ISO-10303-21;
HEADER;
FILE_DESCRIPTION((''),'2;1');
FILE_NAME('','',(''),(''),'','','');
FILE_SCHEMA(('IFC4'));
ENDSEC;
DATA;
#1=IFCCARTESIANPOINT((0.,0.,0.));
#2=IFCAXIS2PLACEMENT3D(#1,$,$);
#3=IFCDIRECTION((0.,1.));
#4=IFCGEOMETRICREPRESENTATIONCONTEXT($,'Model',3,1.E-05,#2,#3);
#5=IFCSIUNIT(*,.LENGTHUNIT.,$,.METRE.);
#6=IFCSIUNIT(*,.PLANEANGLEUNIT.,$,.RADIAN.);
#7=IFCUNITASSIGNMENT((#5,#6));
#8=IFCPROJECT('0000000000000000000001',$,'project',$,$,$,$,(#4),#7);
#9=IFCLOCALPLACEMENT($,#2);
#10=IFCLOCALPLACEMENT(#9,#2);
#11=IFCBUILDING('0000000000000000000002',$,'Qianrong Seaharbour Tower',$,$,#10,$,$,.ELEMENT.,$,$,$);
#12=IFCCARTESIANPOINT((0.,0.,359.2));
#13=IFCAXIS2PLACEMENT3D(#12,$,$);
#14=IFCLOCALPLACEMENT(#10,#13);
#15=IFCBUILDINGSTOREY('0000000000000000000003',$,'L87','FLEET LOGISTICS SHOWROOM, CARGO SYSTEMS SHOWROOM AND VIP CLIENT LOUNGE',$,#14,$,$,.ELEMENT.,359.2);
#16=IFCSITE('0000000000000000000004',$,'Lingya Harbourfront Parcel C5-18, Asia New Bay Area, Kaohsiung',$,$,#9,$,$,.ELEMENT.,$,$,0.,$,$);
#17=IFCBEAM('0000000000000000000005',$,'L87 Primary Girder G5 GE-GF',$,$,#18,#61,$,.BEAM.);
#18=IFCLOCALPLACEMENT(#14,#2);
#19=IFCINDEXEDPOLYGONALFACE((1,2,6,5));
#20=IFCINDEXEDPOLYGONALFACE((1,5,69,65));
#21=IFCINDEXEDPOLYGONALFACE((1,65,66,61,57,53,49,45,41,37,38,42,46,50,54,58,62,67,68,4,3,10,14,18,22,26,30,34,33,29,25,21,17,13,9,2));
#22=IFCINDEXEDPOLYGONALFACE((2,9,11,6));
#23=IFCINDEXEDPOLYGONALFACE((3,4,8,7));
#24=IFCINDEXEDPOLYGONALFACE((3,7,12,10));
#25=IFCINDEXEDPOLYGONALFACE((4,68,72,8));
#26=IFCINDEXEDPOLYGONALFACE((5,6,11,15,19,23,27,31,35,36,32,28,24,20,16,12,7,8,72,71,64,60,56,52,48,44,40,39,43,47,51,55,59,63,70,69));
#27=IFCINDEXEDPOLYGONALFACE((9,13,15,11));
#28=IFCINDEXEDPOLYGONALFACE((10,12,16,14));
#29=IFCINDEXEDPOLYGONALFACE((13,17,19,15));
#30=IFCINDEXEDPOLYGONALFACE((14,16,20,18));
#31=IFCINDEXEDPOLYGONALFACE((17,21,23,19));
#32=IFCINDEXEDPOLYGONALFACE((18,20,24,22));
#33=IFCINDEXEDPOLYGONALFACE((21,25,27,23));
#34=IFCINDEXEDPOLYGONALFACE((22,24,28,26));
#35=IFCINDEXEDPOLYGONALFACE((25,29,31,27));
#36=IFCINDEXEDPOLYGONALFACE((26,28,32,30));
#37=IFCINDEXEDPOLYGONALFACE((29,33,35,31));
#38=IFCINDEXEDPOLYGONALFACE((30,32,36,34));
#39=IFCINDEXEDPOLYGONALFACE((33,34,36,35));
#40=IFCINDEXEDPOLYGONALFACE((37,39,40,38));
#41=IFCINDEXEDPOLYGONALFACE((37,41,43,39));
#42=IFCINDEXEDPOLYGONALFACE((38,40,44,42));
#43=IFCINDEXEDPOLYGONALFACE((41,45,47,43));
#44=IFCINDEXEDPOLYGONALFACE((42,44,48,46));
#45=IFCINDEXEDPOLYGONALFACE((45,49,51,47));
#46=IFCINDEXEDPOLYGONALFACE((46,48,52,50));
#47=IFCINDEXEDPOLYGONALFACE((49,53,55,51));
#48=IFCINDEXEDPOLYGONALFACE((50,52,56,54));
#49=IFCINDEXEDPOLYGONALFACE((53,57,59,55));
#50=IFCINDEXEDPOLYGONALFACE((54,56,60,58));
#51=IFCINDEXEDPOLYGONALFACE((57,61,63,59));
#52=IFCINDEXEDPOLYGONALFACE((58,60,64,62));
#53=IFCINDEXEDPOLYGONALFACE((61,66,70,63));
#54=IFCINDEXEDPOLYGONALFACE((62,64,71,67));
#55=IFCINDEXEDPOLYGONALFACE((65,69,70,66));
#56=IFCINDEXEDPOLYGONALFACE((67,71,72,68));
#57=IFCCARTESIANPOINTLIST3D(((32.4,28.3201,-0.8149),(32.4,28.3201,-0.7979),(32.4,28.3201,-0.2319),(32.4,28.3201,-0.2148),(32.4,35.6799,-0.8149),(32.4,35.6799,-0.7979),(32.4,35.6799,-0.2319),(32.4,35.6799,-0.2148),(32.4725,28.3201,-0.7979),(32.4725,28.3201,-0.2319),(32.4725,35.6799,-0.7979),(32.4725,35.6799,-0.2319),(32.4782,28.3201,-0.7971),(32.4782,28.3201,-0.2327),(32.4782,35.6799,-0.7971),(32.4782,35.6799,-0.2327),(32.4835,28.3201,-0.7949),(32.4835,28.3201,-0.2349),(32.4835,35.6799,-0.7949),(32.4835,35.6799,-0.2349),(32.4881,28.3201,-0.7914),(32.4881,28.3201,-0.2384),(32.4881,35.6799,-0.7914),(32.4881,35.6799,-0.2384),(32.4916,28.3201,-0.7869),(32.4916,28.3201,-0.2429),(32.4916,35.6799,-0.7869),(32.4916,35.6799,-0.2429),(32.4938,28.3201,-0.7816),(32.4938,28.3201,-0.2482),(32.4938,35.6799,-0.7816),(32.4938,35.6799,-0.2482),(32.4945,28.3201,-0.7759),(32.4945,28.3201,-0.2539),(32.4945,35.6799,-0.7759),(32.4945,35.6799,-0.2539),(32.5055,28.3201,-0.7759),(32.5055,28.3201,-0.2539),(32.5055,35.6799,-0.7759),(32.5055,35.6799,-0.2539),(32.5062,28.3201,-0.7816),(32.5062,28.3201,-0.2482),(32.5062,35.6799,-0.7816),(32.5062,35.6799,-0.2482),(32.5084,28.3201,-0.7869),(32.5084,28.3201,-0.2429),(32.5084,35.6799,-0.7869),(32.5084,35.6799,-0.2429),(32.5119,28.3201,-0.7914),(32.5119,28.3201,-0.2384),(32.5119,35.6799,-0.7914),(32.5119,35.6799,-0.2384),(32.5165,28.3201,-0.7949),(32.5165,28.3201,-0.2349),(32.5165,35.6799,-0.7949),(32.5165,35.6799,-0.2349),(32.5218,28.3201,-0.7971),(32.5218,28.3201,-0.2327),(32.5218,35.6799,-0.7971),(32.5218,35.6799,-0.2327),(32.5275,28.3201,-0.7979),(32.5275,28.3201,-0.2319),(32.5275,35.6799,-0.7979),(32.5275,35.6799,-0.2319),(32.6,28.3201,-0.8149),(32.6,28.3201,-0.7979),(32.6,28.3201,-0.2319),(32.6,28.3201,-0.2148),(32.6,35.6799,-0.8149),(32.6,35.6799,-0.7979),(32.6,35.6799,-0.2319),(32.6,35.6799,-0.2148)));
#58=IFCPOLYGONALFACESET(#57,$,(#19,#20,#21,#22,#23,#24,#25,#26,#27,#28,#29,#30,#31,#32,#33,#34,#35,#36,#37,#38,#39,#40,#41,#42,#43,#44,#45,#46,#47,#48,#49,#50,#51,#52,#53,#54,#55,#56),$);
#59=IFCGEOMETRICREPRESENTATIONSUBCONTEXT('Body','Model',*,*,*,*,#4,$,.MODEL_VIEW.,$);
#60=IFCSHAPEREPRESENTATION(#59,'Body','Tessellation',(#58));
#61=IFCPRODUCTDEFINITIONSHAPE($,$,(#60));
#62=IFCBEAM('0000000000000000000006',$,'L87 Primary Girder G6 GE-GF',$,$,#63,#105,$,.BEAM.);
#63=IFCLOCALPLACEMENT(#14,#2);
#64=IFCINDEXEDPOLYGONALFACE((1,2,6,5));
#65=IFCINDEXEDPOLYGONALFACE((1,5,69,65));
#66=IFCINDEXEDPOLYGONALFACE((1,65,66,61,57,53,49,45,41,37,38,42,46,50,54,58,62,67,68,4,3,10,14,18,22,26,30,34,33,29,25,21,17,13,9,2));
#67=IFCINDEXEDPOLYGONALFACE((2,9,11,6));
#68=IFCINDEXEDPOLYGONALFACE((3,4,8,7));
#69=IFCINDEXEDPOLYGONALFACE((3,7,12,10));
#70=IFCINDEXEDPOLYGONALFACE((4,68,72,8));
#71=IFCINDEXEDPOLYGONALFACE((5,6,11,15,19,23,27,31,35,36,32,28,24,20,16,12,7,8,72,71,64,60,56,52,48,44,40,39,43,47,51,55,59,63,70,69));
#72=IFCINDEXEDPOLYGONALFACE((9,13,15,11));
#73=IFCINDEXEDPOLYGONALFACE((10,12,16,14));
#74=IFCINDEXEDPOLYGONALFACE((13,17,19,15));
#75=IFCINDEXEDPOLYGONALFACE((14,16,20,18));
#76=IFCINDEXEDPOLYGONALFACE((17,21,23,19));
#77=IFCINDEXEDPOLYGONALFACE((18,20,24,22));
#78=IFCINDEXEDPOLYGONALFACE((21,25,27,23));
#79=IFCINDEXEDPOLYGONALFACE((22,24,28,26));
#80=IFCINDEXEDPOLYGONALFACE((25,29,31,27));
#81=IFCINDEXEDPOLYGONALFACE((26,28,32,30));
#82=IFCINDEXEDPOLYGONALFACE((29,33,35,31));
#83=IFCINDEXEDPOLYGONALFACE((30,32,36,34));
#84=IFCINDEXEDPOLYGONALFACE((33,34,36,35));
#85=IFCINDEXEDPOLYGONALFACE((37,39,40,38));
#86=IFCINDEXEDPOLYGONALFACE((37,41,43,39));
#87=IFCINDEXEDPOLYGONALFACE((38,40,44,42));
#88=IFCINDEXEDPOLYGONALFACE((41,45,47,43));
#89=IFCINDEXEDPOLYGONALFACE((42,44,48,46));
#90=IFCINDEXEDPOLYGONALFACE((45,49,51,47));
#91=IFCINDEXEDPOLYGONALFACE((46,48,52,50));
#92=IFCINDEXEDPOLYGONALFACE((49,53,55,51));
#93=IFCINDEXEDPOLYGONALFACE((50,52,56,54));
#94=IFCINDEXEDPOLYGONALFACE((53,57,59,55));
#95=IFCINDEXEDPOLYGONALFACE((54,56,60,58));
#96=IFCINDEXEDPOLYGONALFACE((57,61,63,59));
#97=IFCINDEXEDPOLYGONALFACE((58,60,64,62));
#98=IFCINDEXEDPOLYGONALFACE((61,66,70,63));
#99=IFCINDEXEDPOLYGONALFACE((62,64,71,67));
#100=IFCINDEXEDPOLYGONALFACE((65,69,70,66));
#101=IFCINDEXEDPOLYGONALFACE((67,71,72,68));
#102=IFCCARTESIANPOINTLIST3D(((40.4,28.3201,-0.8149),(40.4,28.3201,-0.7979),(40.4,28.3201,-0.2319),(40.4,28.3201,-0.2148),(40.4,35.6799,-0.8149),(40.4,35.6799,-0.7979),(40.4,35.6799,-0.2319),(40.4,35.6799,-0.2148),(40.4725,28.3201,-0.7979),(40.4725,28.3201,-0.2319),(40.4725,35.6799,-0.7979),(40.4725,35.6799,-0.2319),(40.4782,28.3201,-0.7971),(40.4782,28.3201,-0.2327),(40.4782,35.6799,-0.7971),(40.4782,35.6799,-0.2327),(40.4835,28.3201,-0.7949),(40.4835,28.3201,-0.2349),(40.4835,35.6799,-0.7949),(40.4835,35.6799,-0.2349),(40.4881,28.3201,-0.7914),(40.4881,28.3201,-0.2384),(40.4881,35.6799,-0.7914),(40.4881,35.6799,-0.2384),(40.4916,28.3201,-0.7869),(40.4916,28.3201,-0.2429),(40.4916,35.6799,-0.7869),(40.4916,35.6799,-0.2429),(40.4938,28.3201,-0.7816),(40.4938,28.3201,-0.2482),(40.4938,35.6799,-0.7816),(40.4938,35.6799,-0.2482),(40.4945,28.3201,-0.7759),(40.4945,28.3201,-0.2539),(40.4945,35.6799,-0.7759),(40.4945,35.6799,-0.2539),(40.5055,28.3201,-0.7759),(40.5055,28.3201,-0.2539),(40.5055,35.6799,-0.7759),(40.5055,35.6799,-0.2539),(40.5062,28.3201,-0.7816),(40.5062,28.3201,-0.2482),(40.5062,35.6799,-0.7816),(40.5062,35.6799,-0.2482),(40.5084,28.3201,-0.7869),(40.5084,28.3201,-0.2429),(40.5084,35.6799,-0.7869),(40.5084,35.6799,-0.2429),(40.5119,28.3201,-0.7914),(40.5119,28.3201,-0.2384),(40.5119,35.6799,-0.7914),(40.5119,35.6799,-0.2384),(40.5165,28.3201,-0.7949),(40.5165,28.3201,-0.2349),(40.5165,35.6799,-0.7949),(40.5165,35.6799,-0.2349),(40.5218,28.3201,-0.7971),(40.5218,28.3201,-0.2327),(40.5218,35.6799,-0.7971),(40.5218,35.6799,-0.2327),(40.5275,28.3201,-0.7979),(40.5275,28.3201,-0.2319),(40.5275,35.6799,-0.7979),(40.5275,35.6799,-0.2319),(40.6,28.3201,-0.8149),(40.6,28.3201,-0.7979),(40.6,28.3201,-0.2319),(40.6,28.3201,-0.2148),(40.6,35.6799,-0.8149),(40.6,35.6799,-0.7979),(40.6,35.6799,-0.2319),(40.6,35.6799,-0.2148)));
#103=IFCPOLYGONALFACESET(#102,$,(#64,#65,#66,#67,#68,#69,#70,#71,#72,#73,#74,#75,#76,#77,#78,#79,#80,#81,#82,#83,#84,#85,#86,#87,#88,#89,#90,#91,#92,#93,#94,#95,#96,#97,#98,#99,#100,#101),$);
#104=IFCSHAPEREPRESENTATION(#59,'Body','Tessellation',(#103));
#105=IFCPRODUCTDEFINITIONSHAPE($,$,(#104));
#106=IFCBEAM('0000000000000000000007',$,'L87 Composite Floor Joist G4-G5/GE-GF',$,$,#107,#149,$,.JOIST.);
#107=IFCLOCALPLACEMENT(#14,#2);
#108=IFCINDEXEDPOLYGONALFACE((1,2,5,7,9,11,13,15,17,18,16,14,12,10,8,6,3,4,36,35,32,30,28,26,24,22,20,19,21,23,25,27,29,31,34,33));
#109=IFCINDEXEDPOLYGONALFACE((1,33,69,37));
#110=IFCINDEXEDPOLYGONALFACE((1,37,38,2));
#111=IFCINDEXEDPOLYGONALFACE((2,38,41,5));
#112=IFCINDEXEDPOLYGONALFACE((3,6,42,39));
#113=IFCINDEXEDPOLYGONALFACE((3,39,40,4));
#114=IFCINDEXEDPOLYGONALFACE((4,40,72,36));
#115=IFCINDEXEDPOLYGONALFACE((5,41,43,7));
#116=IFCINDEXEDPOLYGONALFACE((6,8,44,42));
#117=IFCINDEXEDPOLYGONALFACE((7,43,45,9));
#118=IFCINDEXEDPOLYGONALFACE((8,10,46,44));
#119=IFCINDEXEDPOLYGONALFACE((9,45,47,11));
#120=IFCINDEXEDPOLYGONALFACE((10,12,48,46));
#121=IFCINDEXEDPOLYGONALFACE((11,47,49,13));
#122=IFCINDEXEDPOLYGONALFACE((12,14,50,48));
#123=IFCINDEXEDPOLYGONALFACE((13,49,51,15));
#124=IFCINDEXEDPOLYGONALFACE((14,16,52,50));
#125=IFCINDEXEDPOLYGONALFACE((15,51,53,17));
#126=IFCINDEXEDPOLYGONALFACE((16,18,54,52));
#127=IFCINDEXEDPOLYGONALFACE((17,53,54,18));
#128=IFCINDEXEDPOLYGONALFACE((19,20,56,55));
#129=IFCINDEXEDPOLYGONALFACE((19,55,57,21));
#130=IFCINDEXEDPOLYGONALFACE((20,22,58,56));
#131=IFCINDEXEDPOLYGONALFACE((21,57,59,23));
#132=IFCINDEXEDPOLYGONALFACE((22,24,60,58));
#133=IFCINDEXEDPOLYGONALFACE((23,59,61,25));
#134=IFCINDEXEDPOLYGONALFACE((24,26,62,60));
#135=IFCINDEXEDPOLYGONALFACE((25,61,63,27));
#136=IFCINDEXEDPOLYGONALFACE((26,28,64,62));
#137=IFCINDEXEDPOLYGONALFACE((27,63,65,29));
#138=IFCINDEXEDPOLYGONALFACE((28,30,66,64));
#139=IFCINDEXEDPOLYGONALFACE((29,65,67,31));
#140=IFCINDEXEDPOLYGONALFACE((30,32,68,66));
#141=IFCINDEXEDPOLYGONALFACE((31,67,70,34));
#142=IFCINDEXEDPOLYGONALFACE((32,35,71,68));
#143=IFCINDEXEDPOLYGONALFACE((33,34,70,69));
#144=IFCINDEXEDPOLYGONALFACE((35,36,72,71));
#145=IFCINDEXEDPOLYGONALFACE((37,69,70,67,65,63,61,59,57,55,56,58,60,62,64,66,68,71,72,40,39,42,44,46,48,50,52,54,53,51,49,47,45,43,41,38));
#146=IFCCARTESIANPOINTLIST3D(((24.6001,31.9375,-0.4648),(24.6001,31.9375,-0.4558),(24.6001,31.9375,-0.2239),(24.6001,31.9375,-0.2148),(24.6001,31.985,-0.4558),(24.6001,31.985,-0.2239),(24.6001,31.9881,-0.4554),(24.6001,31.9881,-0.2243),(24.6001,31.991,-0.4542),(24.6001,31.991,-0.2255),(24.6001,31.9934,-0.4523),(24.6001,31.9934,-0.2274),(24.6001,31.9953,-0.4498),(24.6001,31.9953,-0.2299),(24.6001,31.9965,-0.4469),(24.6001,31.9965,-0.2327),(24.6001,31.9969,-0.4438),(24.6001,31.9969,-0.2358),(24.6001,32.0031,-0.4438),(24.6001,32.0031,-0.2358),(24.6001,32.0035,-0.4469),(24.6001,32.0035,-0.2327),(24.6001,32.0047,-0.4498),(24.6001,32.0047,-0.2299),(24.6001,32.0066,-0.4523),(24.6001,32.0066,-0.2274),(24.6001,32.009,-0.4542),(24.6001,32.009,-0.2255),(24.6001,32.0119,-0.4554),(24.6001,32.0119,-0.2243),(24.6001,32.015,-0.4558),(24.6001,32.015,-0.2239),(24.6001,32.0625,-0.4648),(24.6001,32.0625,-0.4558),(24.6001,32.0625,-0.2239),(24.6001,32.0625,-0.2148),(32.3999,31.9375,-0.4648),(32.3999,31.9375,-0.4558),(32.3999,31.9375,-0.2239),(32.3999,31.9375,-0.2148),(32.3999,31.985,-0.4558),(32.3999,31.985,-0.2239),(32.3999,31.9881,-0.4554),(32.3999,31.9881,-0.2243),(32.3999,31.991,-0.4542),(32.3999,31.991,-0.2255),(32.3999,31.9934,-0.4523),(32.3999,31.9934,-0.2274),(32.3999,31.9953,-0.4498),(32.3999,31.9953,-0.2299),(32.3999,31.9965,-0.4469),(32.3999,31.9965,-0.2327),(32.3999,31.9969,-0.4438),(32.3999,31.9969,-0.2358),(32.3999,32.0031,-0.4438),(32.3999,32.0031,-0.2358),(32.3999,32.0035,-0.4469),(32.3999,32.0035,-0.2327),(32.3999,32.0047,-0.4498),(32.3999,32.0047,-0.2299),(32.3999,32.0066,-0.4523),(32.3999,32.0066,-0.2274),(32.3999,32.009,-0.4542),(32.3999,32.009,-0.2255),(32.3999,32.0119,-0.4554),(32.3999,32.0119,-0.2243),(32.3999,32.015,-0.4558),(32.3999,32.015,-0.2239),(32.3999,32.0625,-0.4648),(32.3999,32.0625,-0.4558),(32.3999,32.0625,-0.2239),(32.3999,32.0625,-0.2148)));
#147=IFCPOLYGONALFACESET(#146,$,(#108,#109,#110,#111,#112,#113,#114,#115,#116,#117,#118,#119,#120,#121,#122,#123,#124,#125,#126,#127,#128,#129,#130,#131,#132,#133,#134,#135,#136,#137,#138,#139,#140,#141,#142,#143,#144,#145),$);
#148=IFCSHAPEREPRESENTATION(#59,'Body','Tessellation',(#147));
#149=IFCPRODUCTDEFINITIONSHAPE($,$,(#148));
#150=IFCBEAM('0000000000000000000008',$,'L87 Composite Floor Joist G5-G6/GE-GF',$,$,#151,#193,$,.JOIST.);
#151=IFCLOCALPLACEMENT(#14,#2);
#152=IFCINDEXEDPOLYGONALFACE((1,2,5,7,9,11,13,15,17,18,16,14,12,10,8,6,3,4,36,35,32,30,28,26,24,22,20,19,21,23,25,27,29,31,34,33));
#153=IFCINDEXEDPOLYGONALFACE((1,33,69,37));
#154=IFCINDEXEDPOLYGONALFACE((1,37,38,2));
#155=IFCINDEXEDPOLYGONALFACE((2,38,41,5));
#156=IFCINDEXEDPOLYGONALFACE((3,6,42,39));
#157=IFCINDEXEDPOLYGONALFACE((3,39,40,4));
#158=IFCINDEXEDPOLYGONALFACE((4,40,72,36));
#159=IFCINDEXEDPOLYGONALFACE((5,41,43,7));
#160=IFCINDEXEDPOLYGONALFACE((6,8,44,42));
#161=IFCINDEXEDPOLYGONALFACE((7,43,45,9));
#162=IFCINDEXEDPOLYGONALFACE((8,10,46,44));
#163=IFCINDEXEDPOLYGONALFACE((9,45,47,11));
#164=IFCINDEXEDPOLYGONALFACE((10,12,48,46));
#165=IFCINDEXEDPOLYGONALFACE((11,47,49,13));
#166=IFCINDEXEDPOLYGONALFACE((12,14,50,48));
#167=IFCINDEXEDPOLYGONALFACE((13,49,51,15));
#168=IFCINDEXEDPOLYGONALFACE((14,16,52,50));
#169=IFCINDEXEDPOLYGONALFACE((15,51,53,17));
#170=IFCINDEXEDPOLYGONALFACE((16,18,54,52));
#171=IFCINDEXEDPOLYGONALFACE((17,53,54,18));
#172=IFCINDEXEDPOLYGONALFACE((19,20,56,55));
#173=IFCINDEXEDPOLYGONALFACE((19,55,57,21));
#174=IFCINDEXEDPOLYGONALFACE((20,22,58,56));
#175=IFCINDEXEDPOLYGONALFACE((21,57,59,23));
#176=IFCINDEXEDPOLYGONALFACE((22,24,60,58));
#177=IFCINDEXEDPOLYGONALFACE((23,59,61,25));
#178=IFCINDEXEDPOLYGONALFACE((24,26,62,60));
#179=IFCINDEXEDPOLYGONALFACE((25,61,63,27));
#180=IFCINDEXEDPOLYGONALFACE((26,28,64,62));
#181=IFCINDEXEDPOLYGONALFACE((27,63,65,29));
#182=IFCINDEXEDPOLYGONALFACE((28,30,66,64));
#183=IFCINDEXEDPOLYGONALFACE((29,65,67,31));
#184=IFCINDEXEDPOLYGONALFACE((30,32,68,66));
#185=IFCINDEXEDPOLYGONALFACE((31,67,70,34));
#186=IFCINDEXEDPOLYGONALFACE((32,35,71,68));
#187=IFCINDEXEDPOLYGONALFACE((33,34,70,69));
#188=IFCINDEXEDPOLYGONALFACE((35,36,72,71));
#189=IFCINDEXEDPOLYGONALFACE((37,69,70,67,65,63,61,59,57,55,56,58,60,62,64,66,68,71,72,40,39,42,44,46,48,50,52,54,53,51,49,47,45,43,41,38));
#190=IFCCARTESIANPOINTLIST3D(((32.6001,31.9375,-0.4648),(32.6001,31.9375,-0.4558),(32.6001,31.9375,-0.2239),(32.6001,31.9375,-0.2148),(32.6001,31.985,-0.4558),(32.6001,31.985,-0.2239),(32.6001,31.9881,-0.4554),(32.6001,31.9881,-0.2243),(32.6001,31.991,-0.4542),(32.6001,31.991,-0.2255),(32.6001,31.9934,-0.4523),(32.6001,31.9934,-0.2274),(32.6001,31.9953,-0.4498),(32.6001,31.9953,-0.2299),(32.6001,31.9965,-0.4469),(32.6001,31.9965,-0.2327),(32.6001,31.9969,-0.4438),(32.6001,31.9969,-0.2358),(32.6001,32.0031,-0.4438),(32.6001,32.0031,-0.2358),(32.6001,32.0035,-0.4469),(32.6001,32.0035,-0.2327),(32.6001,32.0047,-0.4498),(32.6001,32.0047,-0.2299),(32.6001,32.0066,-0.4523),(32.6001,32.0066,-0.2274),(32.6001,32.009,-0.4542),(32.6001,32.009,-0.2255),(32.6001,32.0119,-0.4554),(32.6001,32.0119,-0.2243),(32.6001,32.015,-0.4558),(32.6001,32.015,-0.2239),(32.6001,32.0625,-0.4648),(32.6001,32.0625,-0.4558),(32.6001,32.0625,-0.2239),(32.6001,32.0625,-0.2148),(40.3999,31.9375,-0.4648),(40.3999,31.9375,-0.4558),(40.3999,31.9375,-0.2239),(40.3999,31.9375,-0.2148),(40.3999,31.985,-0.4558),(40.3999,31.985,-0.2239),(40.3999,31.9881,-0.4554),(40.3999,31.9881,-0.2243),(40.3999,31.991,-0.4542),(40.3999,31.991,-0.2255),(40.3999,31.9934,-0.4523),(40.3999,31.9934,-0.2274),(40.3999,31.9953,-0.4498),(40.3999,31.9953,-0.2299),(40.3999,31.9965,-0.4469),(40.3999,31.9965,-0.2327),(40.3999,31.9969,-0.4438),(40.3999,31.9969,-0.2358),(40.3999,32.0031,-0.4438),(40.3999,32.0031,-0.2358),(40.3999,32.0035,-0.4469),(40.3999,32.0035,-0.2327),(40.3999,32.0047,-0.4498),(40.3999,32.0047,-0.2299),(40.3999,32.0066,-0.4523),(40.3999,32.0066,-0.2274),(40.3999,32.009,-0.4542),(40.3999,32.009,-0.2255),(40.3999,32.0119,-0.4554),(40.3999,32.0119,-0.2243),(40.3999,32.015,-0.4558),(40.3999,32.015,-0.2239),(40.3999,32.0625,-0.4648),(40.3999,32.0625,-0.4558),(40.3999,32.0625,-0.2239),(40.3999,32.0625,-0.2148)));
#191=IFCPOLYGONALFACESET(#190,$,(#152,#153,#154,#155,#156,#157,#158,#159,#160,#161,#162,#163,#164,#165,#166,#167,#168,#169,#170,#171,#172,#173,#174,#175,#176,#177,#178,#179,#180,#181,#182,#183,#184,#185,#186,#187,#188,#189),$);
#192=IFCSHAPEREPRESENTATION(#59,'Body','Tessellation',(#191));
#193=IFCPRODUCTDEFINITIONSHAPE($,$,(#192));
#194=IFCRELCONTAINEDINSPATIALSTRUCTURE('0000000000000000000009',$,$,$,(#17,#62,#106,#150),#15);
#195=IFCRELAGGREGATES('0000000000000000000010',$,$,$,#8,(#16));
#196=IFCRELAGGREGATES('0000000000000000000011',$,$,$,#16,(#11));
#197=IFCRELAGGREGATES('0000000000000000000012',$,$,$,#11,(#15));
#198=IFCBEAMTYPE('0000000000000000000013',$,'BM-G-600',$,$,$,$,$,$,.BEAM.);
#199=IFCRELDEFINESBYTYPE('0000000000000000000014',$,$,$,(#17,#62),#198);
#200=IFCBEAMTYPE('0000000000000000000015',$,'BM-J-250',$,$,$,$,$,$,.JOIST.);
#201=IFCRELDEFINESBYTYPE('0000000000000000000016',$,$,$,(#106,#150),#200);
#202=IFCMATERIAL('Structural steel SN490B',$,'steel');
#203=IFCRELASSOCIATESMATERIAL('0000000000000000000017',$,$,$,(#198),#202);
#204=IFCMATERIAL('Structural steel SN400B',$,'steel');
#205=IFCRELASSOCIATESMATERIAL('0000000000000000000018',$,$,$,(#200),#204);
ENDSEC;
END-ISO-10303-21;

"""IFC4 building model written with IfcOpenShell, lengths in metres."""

from ifc_helpers import new_model, si_unit, direction, frame, origin, origin_2d, place, context, subcontext, project, spatial, i_section, extrude, material, material_profile, profile_set, type_object, element, save


model = new_model("IFC4")

# Units and contexts
model_context = context("Model", 3, precision=1e-05, world=origin(), true_north=direction((0.0, 1.0)))
body_context = subcontext(model_context, "Body", "Model", "MODEL_VIEW")
ifc_project = project(units=[si_unit("LENGTHUNIT", "METRE"), si_unit("PLANEANGLEUNIT", "RADIAN")], contexts=[model_context])

# Site, building, storey
site_placement = place(None, origin())
site = spatial("IfcSite", under=ifc_project, at=site_placement, Name="Lingya Harbourfront Parcel C5-18, Asia New Bay Area, Kaohsiung", CompositionType="ELEMENT", RefElevation=0.0)
building_placement = place(site_placement, origin())
building = spatial("IfcBuilding", under=site, at=building_placement, Name="Qianrong Seaharbour Tower", CompositionType="ELEMENT")
storey_placement = place(building_placement, frame((0.0, 0.0, 359.2)))
storey = spatial("IfcBuildingStorey", under=building, at=storey_placement, Name="L87", Description="FLEET LOGISTICS SHOWROOM, CARGO SYSTEMS SHOWROOM AND VIP CLIENT LOUNGE", CompositionType="ELEMENT", Elevation=359.2)

# Shared definitions
ifc_material_1 = material(Name="Structural steel SN490B", Category="steel")
ifc_material_2 = material(Name="Structural steel SN400B", Category="steel")

# Beams
ifc_material_profile_1 = material_profile(ifc_material_1, i_section(OverallWidth=0.2, OverallDepth=0.6001, WebThickness=0.011, FlangeThickness=0.0171, FilletRadius=0.022, at=origin_2d()), Name="H600x200x11x17")
ifc_profile_set_1 = profile_set([ifc_material_profile_1], Name="Structural steel SN490B")
beam_type_1 = type_object("IfcBeamType", Name="BM-G-600", PredefinedType="BEAM", material=ifc_profile_set_1)
for number, where, z_axis, x_axis, name in (
    (1, (32.5, 28.3201, -0.5149), (0.0, 1.0, 0.0), (-1.0, 0.0, 0.0), "L87 Primary Girder G5 GE-GF"),
    (2, (40.5, 28.3201, -0.5149), (0.0, 1.0, 0.0), (-1.0, 0.0, 0.0), "L87 Primary Girder G6 GE-GF"),
):
    element("IfcBeam", number, at=place(storey_placement, frame(where, z_axis=z_axis, x_axis=x_axis)), inside=storey, type_object=beam_type_1, Name=name, PredefinedType="BEAM", context=body_context, shape_type="SweptSolid", body=[
        extrude(i_section(OverallWidth=0.2, OverallDepth=0.6001, WebThickness=0.011, FlangeThickness=0.0171, FilletRadius=0.022, at=origin_2d()), origin(), (0.0, 0.0, 1.0), 7.3599),
    ])
ifc_material_profile_2 = material_profile(ifc_material_2, i_section(OverallWidth=0.125, OverallDepth=0.25, WebThickness=0.0061, FlangeThickness=0.009, FilletRadius=0.012, at=origin_2d()), Name="H250x125x6x9")
ifc_profile_set_2 = profile_set([ifc_material_profile_2], Name="Structural steel SN400B")
beam_type_2 = type_object("IfcBeamType", Name="BM-J-250", PredefinedType="JOIST", material=ifc_profile_set_2)
for number, where, z_axis, x_axis, name in (
    (3, (24.6001, 32.0, -0.3398), (1.0, 0.0, 0.0), (0.0, 1.0, 0.0), "L87 Composite Floor Joist G4-G5/GE-GF"),
    (4, (32.6001, 32.0, -0.3398), (1.0, 0.0, 0.0), (0.0, 1.0, 0.0), "L87 Composite Floor Joist G5-G6/GE-GF"),
):
    element("IfcBeam", number, at=place(storey_placement, frame(where, z_axis=z_axis, x_axis=x_axis)), inside=storey, type_object=beam_type_2, Name=name, PredefinedType="JOIST", context=body_context, shape_type="SweptSolid", body=[
        extrude(i_section(OverallWidth=0.125, OverallDepth=0.25, WebThickness=0.0061, FlangeThickness=0.009, FilletRadius=0.012, at=origin_2d()), origin(), (0.0, 0.0, 1.0), 7.7998),
    ])

save(model, "model.ifc")
